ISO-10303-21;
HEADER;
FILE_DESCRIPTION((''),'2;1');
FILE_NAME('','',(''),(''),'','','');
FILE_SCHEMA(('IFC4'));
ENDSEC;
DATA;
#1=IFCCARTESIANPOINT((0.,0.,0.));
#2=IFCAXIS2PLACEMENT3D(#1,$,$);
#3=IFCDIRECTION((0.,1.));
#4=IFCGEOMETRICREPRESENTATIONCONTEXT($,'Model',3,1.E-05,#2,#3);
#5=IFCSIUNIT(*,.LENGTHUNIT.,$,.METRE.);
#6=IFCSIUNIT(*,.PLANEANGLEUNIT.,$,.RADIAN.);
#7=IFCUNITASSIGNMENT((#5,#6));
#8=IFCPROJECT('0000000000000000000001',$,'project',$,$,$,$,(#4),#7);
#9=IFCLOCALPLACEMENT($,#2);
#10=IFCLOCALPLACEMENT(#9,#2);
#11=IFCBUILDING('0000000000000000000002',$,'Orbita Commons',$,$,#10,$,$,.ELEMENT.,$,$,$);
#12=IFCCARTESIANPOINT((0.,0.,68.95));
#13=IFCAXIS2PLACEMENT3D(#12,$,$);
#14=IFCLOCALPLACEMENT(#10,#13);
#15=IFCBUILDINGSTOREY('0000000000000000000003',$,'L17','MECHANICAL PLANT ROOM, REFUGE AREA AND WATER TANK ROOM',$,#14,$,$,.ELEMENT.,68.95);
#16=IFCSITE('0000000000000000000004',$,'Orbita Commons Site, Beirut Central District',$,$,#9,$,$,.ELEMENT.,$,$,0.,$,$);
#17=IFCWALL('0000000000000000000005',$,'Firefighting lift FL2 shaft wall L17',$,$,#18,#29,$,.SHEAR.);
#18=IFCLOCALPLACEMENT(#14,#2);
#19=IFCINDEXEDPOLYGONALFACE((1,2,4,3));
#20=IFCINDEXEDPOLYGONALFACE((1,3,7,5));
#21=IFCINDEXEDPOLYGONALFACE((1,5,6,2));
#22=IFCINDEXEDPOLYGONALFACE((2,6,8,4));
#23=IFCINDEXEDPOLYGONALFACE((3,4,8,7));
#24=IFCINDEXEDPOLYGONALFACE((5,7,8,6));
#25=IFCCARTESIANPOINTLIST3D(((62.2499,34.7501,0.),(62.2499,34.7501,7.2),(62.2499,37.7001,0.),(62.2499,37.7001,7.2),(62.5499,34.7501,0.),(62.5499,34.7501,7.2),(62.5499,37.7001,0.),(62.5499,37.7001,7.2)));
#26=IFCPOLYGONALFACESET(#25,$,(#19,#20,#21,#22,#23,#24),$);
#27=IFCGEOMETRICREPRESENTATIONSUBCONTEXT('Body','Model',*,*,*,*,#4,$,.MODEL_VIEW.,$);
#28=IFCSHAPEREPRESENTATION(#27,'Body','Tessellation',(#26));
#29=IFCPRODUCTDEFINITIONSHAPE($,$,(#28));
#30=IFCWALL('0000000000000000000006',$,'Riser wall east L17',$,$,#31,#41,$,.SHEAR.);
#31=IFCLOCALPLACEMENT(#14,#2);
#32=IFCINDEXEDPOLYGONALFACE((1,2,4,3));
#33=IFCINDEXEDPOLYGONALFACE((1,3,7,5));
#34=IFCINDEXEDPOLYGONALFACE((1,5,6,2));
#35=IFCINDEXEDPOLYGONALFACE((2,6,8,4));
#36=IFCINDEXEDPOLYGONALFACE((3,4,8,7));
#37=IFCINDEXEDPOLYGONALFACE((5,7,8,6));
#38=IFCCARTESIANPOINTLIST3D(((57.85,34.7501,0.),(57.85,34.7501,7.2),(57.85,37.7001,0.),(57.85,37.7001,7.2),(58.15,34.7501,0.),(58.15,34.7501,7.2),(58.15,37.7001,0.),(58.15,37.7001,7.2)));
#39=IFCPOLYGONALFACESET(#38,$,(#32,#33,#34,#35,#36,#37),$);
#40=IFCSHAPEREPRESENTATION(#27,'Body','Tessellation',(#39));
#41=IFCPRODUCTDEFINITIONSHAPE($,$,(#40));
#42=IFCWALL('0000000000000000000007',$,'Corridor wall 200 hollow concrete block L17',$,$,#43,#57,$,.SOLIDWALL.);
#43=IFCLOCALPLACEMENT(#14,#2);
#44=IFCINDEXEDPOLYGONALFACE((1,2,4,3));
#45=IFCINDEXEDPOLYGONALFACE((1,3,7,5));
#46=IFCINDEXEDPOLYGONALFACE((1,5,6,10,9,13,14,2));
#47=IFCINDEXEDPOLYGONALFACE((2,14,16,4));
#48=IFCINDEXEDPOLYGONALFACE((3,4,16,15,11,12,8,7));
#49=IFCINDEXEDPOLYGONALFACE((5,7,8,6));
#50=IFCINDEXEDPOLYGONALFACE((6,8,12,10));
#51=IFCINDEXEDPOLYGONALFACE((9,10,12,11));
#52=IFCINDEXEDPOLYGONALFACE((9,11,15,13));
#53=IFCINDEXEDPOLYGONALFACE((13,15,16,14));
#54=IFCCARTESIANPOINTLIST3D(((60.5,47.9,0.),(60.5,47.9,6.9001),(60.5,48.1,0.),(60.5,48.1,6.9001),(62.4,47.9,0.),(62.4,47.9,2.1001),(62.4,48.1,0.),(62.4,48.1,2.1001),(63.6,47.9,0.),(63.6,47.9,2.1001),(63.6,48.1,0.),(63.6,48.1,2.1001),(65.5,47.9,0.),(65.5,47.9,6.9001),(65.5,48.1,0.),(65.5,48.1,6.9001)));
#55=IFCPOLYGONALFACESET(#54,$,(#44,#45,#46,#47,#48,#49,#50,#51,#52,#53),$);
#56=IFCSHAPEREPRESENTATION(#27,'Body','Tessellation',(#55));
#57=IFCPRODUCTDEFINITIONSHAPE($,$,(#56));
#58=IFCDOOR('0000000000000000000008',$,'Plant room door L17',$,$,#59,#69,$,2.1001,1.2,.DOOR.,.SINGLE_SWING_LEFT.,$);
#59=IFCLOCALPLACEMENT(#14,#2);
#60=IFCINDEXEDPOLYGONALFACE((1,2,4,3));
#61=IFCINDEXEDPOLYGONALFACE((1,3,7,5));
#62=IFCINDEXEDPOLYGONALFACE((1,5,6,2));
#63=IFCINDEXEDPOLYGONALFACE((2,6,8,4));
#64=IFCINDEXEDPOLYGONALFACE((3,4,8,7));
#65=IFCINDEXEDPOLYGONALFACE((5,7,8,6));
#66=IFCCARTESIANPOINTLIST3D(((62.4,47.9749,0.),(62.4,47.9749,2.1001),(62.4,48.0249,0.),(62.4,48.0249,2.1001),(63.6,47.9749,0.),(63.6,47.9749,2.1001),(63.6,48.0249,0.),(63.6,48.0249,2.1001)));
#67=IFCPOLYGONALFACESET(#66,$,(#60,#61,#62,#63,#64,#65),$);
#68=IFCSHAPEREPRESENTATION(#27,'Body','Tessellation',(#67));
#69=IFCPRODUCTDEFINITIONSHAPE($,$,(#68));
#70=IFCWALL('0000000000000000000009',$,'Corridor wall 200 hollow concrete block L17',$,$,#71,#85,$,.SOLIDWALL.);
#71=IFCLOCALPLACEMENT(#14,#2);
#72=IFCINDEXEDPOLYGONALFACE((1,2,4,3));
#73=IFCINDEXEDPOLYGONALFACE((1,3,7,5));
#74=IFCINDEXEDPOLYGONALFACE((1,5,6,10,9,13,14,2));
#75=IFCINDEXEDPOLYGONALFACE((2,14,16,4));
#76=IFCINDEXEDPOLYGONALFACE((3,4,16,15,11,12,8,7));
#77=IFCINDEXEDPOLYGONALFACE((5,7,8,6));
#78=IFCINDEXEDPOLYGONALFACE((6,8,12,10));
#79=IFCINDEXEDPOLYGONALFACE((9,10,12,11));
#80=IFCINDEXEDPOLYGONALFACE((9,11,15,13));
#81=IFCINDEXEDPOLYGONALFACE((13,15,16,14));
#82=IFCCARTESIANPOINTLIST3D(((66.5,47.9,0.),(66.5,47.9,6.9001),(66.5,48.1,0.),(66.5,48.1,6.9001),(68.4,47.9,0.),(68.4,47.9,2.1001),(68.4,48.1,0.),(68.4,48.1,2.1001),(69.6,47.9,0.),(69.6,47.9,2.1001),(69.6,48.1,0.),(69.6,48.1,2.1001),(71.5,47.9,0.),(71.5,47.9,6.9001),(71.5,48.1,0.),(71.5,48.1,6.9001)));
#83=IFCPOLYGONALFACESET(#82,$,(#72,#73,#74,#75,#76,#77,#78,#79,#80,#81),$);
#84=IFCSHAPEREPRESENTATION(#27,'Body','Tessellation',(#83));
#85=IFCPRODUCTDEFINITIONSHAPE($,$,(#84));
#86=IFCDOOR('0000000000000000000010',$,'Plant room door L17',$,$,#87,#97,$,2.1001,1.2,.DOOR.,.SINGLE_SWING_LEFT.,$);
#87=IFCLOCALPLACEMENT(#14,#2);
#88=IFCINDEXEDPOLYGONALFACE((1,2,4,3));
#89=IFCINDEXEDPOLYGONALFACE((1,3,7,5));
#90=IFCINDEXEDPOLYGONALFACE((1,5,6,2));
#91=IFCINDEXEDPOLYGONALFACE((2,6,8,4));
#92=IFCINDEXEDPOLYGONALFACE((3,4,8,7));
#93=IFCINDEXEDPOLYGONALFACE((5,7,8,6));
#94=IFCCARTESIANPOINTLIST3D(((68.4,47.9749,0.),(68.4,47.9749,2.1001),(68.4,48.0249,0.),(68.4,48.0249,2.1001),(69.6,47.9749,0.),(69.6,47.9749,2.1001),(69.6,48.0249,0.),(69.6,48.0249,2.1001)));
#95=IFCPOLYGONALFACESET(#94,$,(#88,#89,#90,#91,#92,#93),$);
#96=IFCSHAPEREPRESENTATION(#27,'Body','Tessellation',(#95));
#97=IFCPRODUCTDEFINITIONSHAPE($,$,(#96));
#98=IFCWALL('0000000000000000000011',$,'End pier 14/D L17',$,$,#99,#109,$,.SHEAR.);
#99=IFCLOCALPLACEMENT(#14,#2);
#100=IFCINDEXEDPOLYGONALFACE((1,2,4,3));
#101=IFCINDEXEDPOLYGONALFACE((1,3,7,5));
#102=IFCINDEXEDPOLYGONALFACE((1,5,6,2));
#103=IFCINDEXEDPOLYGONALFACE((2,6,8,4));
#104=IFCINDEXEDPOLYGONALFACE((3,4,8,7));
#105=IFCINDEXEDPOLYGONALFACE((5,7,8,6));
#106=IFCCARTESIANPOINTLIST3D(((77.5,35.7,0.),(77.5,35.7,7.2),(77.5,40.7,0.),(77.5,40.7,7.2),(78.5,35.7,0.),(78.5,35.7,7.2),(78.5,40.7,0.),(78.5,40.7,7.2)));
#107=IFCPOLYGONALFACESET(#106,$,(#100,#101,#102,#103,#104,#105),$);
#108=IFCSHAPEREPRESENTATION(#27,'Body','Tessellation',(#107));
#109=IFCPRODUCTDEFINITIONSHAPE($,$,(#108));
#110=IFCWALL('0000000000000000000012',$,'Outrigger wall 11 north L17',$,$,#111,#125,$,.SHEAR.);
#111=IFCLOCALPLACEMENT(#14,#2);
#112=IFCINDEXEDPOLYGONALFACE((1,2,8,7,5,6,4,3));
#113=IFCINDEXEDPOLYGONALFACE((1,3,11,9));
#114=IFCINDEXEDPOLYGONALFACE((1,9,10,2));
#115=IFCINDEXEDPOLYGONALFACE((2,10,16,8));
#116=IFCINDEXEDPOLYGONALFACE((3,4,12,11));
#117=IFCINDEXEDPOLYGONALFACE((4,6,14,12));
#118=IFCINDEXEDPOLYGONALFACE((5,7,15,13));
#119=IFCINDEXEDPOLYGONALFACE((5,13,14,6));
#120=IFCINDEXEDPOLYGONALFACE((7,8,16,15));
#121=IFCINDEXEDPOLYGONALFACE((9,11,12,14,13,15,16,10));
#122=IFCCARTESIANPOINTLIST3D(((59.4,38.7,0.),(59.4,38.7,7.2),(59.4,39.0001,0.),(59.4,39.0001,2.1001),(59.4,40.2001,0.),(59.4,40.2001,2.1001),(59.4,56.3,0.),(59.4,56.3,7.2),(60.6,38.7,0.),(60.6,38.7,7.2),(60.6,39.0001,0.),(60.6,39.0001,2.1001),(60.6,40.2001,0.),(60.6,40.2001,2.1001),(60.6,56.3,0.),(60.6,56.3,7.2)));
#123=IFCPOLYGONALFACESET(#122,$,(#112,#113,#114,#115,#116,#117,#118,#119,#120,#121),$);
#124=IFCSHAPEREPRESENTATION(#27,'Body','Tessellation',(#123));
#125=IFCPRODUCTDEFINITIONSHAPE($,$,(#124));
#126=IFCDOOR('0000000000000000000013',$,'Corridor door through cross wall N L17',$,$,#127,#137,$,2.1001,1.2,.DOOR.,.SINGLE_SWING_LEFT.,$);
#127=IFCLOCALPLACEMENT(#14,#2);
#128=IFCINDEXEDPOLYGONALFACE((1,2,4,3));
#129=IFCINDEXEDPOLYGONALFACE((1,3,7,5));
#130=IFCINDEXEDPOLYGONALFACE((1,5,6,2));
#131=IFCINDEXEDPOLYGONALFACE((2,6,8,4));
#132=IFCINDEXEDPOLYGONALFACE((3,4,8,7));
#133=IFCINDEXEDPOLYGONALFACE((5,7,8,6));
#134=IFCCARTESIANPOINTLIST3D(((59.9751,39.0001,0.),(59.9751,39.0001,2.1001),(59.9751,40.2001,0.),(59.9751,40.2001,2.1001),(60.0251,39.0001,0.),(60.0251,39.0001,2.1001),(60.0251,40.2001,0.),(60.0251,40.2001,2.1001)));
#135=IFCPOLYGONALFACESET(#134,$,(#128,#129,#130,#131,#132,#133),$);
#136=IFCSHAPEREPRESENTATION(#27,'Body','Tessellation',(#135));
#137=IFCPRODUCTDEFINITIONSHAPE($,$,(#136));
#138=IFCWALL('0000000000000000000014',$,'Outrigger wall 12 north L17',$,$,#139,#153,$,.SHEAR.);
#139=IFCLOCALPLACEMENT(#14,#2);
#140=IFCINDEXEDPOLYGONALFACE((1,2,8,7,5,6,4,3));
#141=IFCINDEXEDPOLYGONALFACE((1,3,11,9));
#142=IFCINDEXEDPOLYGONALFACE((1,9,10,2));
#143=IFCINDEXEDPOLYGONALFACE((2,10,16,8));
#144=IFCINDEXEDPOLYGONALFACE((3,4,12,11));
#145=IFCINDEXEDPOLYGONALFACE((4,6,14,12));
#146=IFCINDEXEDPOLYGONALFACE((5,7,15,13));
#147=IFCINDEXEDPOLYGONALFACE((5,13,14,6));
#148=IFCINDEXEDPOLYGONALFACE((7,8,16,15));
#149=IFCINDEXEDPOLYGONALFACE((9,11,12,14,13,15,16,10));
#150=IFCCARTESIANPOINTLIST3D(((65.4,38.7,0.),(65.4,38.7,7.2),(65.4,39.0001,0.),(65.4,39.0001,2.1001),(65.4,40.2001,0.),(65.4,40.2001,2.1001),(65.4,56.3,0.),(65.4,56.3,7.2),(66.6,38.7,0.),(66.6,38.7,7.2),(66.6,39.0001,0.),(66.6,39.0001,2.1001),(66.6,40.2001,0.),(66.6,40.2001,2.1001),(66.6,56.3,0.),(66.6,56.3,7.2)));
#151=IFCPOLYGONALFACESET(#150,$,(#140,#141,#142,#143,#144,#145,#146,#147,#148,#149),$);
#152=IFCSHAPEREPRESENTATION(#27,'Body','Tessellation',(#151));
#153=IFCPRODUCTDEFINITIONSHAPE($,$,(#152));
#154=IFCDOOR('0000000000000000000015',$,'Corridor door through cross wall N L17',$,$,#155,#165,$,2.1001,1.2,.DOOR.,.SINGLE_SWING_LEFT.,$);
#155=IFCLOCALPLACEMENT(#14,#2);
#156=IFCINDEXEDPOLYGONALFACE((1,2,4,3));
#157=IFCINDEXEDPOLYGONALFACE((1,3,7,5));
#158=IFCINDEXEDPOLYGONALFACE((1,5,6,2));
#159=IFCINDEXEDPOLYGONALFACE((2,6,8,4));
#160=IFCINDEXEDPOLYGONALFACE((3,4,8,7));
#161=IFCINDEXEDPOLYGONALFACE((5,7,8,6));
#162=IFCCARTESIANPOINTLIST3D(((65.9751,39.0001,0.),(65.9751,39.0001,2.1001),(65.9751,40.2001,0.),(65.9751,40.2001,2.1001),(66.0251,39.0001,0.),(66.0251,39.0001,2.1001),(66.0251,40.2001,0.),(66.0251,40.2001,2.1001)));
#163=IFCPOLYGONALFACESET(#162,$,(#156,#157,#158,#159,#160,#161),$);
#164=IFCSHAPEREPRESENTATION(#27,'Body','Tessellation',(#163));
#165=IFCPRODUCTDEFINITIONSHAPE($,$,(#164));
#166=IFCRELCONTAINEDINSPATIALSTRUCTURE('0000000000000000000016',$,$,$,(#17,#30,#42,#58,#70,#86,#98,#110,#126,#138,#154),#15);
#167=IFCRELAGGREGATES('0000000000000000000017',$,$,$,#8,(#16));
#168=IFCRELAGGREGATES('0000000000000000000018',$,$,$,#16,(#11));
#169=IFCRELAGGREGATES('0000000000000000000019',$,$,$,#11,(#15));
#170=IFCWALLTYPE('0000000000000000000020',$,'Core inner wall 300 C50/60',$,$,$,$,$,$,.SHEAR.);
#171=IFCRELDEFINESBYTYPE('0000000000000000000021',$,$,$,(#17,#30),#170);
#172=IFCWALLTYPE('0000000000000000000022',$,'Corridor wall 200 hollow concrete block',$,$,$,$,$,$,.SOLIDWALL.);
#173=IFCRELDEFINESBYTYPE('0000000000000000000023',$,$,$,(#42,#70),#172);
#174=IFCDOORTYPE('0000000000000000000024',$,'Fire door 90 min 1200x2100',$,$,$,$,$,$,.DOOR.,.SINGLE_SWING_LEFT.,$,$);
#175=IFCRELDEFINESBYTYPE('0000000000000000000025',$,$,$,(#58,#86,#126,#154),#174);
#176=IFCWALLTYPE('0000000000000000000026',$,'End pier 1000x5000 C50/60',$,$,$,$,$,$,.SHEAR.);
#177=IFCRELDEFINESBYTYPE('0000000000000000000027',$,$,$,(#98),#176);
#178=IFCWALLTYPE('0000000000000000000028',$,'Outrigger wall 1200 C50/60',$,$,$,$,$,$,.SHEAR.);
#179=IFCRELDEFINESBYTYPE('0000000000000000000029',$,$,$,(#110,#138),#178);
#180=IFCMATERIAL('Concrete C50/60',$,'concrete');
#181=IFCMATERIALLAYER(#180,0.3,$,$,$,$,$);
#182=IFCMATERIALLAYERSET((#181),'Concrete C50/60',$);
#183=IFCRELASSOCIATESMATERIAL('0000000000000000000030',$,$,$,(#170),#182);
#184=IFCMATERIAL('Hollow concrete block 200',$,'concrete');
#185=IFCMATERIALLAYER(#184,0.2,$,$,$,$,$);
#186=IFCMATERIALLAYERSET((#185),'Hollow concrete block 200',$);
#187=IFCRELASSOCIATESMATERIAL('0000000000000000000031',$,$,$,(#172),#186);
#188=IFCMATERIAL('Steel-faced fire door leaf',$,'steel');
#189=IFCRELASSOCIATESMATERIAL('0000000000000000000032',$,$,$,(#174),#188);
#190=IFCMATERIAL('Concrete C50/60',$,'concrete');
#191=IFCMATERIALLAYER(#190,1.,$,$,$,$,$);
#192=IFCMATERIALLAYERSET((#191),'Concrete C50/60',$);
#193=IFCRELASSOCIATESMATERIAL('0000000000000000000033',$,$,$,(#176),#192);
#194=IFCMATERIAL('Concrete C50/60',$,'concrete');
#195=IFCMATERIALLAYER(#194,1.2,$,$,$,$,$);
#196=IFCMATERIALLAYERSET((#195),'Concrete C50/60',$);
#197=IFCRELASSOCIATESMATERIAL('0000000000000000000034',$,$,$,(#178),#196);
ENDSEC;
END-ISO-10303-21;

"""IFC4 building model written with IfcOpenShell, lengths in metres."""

from ifc_helpers import new_model, si_unit, direction, frame, frame_2d, origin, place, context, subcontext, project, spatial, rectangle, extrude, material, layer, layer_set, type_object, element, fill, save


model = new_model("IFC4")

# Units and contexts
model_context = context("Model", 3, precision=1e-05, world=origin(), true_north=direction((0.0, 1.0)))
body_context = subcontext(model_context, "Body", "Model", "MODEL_VIEW")
ifc_project = project(units=[si_unit("LENGTHUNIT", "METRE"), si_unit("PLANEANGLEUNIT", "RADIAN")], contexts=[model_context])

# Site, building, storey
site_placement = place(None, origin())
site = spatial("IfcSite", under=ifc_project, at=site_placement, Name="Orbita Commons Site, Beirut Central District", CompositionType="ELEMENT", RefElevation=0.0)
building_placement = place(site_placement, origin())
building = spatial("IfcBuilding", under=site, at=building_placement, Name="Orbita Commons", CompositionType="ELEMENT")
storey_placement = place(building_placement, frame((0.0, 0.0, 68.95)))
storey = spatial("IfcBuildingStorey", under=building, at=storey_placement, Name="L17", Description="MECHANICAL PLANT ROOM, REFUGE AREA AND WATER TANK ROOM", CompositionType="ELEMENT", Elevation=68.95)

# Shared definitions
ifc_material_1 = material(Name="Concrete C50/60", Category="concrete")
ifc_layer_1 = layer(ifc_material_1, 0.3)
ifc_layer_set_1 = layer_set([ifc_layer_1], Name="Concrete C50/60")
wall_type_1 = type_object("IfcWallType", Name="Core inner wall 300 C50/60", PredefinedType="SHEAR", material=ifc_layer_set_1)

# Walls
for number, where, z_axis, x_axis, name in (
    (1, (62.3999, 34.75, 0.0), (0.0, 0.0, 1.0), (0.0, 1.0, 0.0), "Firefighting lift FL2 shaft wall L17"),
    (2, (58.0, 34.75, 0.0), (0.0, 0.0, 1.0), (0.0, 1.0, 0.0), "Riser wall east L17"),
):
    element("IfcWall", number, at=place(storey_placement, frame(where, z_axis=z_axis, x_axis=x_axis)), inside=storey, type_object=wall_type_1, Name=name, PredefinedType="SHEAR", context=body_context, shape_type="SweptSolid", body=[
        extrude(rectangle(XDim=2.95, YDim=0.3, at=frame_2d((1.4751, 0.0))), origin(), (0.0, 0.0, 1.0), 7.2),
    ])

# Walls, openings, doors
ifc_material_2 = material(Name="Hollow concrete block 200", Category="concrete")
ifc_layer_2 = layer(ifc_material_2, 0.2)
ifc_layer_set_2 = layer_set([ifc_layer_2], Name="Hollow concrete block 200")
wall_type_2 = type_object("IfcWallType", Name="Corridor wall 200 hollow concrete block", PredefinedType="SOLIDWALL", material=ifc_layer_set_2)
wall_1_placement = place(storey_placement, frame((60.5, 48.0, 0.0), z_axis=(0.0, 0.0, 1.0), x_axis=(1.0, 0.0, 0.0)))
wall_1 = element("IfcWall", 3, at=wall_1_placement, inside=storey, type_object=wall_type_2, Name="Corridor wall 200 hollow concrete block L17", PredefinedType="SOLIDWALL", context=body_context, shape_type="SweptSolid", body=[
    extrude(rectangle(XDim=5.0, YDim=0.2, at=frame_2d((2.5, 0.0))), origin(), (0.0, 0.0, 1.0), 6.9001),
])
opening_1_placement = place(wall_1_placement, frame((1.8999, 0.0, 0.0)))
opening_1 = element("IfcOpeningElement", 4, at=opening_1_placement, cuts=wall_1, PredefinedType="OPENING", context=body_context, shape_type="SweptSolid", body=[
    extrude(rectangle(XDim=1.2, YDim=2.1001, at=frame_2d((0.6001, 1.05))), frame((0.0, 0.1099, 0.0), z_axis=(0.0, -1.0, 0.0), x_axis=(1.0, 0.0, 0.0)), (0.0, 0.0, 1.0), 0.22),
])
ifc_material_3 = material(Name="Steel-faced fire door leaf", Category="steel")
door_type_1 = type_object("IfcDoorType", Name="Fire door 90 min 1200x2100", OperationType="SINGLE_SWING_LEFT", PredefinedType="DOOR", material=ifc_material_3)
door_1_placement = place(opening_1_placement, origin())
door_1 = element("IfcDoor", 5, at=door_1_placement, inside=storey, type_object=door_type_1, Name="Plant room door L17", OperationType="SINGLE_SWING_LEFT", OverallHeight=2.1001, OverallWidth=1.2, PredefinedType="DOOR", context=body_context, shape_type="SweptSolid", body=[
    extrude(rectangle(XDim=1.2, YDim=2.1001, at=frame_2d((0.6001, 1.05))), frame((0.0, 0.0249, 0.0), z_axis=(0.0, -1.0, 0.0), x_axis=(1.0, 0.0, 0.0)), (0.0, 0.0, 1.0), 0.05),
])
fill(opening_1, door_1)
wall_2_placement = place(storey_placement, frame((66.5, 48.0, 0.0), z_axis=(0.0, 0.0, 1.0), x_axis=(1.0, 0.0, 0.0)))
wall_2 = element("IfcWall", 6, at=wall_2_placement, inside=storey, type_object=wall_type_2, Name="Corridor wall 200 hollow concrete block L17", PredefinedType="SOLIDWALL", context=body_context, shape_type="SweptSolid", body=[
    extrude(rectangle(XDim=5.0, YDim=0.2, at=frame_2d((2.5, 0.0))), origin(), (0.0, 0.0, 1.0), 6.9001),
])
opening_2_placement = place(wall_2_placement, frame((1.8999, 0.0, 0.0)))
opening_2 = element("IfcOpeningElement", 7, at=opening_2_placement, cuts=wall_2, PredefinedType="OPENING", context=body_context, shape_type="SweptSolid", body=[
    extrude(rectangle(XDim=1.2, YDim=2.1001, at=frame_2d((0.6001, 1.05))), frame((0.0, 0.1099, 0.0), z_axis=(0.0, -1.0, 0.0), x_axis=(1.0, 0.0, 0.0)), (0.0, 0.0, 1.0), 0.22),
])
door_2_placement = place(opening_2_placement, origin())
door_2 = element("IfcDoor", 8, at=door_2_placement, inside=storey, type_object=door_type_1, Name="Plant room door L17", OperationType="SINGLE_SWING_LEFT", OverallHeight=2.1001, OverallWidth=1.2, PredefinedType="DOOR", context=body_context, shape_type="SweptSolid", body=[
    extrude(rectangle(XDim=1.2, YDim=2.1001, at=frame_2d((0.6001, 1.05))), frame((0.0, 0.0249, 0.0), z_axis=(0.0, -1.0, 0.0), x_axis=(1.0, 0.0, 0.0)), (0.0, 0.0, 1.0), 0.05),
])
fill(opening_2, door_2)

# Wall
ifc_material_4 = material(Name="Concrete C50/60", Category="concrete")
ifc_layer_3 = layer(ifc_material_4, 1.0)
ifc_layer_set_3 = layer_set([ifc_layer_3], Name="Concrete C50/60")
wall_type_3 = type_object("IfcWallType", Name="End pier 1000x5000 C50/60", PredefinedType="SHEAR", material=ifc_layer_set_3)
wall_3_placement = place(storey_placement, frame((78.0, 35.7, 0.0), z_axis=(0.0, 0.0, 1.0), x_axis=(0.0, 1.0, 0.0)))
element("IfcWall", 9, at=wall_3_placement, inside=storey, type_object=wall_type_3, Name="End pier 14/D L17", PredefinedType="SHEAR", context=body_context, shape_type="SweptSolid", body=[
    extrude(rectangle(XDim=5.0, YDim=1.0, at=frame_2d((2.5, 0.0))), origin(), (0.0, 0.0, 1.0), 7.2),
])

# Walls, openings, doors
ifc_material_5 = material(Name="Concrete C50/60", Category="concrete")
ifc_layer_4 = layer(ifc_material_5, 1.2)
ifc_layer_set_4 = layer_set([ifc_layer_4], Name="Concrete C50/60")
wall_type_4 = type_object("IfcWallType", Name="Outrigger wall 1200 C50/60", PredefinedType="SHEAR", material=ifc_layer_set_4)
wall_4_placement = place(storey_placement, frame((60.0, 38.7, 0.0), z_axis=(0.0, 0.0, 1.0), x_axis=(0.0, 1.0, 0.0)))
wall_4 = element("IfcWall", 10, at=wall_4_placement, inside=storey, type_object=wall_type_4, Name="Outrigger wall 11 north L17", PredefinedType="SHEAR", context=body_context, shape_type="SweptSolid", body=[
    extrude(rectangle(XDim=17.6001, YDim=1.2, at=frame_2d((8.8, 0.0))), origin(), (0.0, 0.0, 1.0), 7.2),
])
opening_3_placement = place(wall_4_placement, frame((0.3, 0.0, 0.0)))
opening_3 = element("IfcOpeningElement", 11, at=opening_3_placement, cuts=wall_4, PredefinedType="OPENING", context=body_context, shape_type="SweptSolid", body=[
    extrude(rectangle(XDim=1.2, YDim=2.1001, at=frame_2d((0.6001, 1.05))), frame((0.0, 0.6099, 0.0), z_axis=(0.0, -1.0, 0.0), x_axis=(1.0, 0.0, 0.0)), (0.0, 0.0, 1.0), 1.22),
])
door_3_placement = place(opening_3_placement, origin())
door_3 = element("IfcDoor", 12, at=door_3_placement, inside=storey, type_object=door_type_1, Name="Corridor door through cross wall N L17", OperationType="SINGLE_SWING_LEFT", OverallHeight=2.1001, OverallWidth=1.2, PredefinedType="DOOR", context=body_context, shape_type="SweptSolid", body=[
    extrude(rectangle(XDim=1.2, YDim=2.1001, at=frame_2d((0.6001, 1.05))), frame((0.0, 0.0249, 0.0), z_axis=(0.0, -1.0, 0.0), x_axis=(1.0, 0.0, 0.0)), (0.0, 0.0, 1.0), 0.05),
])
fill(opening_3, door_3)
wall_5_placement = place(storey_placement, frame((66.0, 38.7, 0.0), z_axis=(0.0, 0.0, 1.0), x_axis=(0.0, 1.0, 0.0)))
wall_5 = element("IfcWall", 13, at=wall_5_placement, inside=storey, type_object=wall_type_4, Name="Outrigger wall 12 north L17", PredefinedType="SHEAR", context=body_context, shape_type="SweptSolid", body=[
    extrude(rectangle(XDim=17.6001, YDim=1.2, at=frame_2d((8.8, 0.0))), origin(), (0.0, 0.0, 1.0), 7.2),
])
opening_4_placement = place(wall_5_placement, frame((0.3, 0.0, 0.0)))
opening_4 = element("IfcOpeningElement", 14, at=opening_4_placement, cuts=wall_5, PredefinedType="OPENING", context=body_context, shape_type="SweptSolid", body=[
    extrude(rectangle(XDim=1.2, YDim=2.1001, at=frame_2d((0.6001, 1.05))), frame((0.0, 0.6099, 0.0), z_axis=(0.0, -1.0, 0.0), x_axis=(1.0, 0.0, 0.0)), (0.0, 0.0, 1.0), 1.22),
])
door_4_placement = place(opening_4_placement, origin())
door_4 = element("IfcDoor", 15, at=door_4_placement, inside=storey, type_object=door_type_1, Name="Corridor door through cross wall N L17", OperationType="SINGLE_SWING_LEFT", OverallHeight=2.1001, OverallWidth=1.2, PredefinedType="DOOR", context=body_context, shape_type="SweptSolid", body=[
    extrude(rectangle(XDim=1.2, YDim=2.1001, at=frame_2d((0.6001, 1.05))), frame((0.0, 0.0249, 0.0), z_axis=(0.0, -1.0, 0.0), x_axis=(1.0, 0.0, 0.0)), (0.0, 0.0, 1.0), 0.05),
])
fill(opening_4, door_4)

save(model, "model.ifc")
